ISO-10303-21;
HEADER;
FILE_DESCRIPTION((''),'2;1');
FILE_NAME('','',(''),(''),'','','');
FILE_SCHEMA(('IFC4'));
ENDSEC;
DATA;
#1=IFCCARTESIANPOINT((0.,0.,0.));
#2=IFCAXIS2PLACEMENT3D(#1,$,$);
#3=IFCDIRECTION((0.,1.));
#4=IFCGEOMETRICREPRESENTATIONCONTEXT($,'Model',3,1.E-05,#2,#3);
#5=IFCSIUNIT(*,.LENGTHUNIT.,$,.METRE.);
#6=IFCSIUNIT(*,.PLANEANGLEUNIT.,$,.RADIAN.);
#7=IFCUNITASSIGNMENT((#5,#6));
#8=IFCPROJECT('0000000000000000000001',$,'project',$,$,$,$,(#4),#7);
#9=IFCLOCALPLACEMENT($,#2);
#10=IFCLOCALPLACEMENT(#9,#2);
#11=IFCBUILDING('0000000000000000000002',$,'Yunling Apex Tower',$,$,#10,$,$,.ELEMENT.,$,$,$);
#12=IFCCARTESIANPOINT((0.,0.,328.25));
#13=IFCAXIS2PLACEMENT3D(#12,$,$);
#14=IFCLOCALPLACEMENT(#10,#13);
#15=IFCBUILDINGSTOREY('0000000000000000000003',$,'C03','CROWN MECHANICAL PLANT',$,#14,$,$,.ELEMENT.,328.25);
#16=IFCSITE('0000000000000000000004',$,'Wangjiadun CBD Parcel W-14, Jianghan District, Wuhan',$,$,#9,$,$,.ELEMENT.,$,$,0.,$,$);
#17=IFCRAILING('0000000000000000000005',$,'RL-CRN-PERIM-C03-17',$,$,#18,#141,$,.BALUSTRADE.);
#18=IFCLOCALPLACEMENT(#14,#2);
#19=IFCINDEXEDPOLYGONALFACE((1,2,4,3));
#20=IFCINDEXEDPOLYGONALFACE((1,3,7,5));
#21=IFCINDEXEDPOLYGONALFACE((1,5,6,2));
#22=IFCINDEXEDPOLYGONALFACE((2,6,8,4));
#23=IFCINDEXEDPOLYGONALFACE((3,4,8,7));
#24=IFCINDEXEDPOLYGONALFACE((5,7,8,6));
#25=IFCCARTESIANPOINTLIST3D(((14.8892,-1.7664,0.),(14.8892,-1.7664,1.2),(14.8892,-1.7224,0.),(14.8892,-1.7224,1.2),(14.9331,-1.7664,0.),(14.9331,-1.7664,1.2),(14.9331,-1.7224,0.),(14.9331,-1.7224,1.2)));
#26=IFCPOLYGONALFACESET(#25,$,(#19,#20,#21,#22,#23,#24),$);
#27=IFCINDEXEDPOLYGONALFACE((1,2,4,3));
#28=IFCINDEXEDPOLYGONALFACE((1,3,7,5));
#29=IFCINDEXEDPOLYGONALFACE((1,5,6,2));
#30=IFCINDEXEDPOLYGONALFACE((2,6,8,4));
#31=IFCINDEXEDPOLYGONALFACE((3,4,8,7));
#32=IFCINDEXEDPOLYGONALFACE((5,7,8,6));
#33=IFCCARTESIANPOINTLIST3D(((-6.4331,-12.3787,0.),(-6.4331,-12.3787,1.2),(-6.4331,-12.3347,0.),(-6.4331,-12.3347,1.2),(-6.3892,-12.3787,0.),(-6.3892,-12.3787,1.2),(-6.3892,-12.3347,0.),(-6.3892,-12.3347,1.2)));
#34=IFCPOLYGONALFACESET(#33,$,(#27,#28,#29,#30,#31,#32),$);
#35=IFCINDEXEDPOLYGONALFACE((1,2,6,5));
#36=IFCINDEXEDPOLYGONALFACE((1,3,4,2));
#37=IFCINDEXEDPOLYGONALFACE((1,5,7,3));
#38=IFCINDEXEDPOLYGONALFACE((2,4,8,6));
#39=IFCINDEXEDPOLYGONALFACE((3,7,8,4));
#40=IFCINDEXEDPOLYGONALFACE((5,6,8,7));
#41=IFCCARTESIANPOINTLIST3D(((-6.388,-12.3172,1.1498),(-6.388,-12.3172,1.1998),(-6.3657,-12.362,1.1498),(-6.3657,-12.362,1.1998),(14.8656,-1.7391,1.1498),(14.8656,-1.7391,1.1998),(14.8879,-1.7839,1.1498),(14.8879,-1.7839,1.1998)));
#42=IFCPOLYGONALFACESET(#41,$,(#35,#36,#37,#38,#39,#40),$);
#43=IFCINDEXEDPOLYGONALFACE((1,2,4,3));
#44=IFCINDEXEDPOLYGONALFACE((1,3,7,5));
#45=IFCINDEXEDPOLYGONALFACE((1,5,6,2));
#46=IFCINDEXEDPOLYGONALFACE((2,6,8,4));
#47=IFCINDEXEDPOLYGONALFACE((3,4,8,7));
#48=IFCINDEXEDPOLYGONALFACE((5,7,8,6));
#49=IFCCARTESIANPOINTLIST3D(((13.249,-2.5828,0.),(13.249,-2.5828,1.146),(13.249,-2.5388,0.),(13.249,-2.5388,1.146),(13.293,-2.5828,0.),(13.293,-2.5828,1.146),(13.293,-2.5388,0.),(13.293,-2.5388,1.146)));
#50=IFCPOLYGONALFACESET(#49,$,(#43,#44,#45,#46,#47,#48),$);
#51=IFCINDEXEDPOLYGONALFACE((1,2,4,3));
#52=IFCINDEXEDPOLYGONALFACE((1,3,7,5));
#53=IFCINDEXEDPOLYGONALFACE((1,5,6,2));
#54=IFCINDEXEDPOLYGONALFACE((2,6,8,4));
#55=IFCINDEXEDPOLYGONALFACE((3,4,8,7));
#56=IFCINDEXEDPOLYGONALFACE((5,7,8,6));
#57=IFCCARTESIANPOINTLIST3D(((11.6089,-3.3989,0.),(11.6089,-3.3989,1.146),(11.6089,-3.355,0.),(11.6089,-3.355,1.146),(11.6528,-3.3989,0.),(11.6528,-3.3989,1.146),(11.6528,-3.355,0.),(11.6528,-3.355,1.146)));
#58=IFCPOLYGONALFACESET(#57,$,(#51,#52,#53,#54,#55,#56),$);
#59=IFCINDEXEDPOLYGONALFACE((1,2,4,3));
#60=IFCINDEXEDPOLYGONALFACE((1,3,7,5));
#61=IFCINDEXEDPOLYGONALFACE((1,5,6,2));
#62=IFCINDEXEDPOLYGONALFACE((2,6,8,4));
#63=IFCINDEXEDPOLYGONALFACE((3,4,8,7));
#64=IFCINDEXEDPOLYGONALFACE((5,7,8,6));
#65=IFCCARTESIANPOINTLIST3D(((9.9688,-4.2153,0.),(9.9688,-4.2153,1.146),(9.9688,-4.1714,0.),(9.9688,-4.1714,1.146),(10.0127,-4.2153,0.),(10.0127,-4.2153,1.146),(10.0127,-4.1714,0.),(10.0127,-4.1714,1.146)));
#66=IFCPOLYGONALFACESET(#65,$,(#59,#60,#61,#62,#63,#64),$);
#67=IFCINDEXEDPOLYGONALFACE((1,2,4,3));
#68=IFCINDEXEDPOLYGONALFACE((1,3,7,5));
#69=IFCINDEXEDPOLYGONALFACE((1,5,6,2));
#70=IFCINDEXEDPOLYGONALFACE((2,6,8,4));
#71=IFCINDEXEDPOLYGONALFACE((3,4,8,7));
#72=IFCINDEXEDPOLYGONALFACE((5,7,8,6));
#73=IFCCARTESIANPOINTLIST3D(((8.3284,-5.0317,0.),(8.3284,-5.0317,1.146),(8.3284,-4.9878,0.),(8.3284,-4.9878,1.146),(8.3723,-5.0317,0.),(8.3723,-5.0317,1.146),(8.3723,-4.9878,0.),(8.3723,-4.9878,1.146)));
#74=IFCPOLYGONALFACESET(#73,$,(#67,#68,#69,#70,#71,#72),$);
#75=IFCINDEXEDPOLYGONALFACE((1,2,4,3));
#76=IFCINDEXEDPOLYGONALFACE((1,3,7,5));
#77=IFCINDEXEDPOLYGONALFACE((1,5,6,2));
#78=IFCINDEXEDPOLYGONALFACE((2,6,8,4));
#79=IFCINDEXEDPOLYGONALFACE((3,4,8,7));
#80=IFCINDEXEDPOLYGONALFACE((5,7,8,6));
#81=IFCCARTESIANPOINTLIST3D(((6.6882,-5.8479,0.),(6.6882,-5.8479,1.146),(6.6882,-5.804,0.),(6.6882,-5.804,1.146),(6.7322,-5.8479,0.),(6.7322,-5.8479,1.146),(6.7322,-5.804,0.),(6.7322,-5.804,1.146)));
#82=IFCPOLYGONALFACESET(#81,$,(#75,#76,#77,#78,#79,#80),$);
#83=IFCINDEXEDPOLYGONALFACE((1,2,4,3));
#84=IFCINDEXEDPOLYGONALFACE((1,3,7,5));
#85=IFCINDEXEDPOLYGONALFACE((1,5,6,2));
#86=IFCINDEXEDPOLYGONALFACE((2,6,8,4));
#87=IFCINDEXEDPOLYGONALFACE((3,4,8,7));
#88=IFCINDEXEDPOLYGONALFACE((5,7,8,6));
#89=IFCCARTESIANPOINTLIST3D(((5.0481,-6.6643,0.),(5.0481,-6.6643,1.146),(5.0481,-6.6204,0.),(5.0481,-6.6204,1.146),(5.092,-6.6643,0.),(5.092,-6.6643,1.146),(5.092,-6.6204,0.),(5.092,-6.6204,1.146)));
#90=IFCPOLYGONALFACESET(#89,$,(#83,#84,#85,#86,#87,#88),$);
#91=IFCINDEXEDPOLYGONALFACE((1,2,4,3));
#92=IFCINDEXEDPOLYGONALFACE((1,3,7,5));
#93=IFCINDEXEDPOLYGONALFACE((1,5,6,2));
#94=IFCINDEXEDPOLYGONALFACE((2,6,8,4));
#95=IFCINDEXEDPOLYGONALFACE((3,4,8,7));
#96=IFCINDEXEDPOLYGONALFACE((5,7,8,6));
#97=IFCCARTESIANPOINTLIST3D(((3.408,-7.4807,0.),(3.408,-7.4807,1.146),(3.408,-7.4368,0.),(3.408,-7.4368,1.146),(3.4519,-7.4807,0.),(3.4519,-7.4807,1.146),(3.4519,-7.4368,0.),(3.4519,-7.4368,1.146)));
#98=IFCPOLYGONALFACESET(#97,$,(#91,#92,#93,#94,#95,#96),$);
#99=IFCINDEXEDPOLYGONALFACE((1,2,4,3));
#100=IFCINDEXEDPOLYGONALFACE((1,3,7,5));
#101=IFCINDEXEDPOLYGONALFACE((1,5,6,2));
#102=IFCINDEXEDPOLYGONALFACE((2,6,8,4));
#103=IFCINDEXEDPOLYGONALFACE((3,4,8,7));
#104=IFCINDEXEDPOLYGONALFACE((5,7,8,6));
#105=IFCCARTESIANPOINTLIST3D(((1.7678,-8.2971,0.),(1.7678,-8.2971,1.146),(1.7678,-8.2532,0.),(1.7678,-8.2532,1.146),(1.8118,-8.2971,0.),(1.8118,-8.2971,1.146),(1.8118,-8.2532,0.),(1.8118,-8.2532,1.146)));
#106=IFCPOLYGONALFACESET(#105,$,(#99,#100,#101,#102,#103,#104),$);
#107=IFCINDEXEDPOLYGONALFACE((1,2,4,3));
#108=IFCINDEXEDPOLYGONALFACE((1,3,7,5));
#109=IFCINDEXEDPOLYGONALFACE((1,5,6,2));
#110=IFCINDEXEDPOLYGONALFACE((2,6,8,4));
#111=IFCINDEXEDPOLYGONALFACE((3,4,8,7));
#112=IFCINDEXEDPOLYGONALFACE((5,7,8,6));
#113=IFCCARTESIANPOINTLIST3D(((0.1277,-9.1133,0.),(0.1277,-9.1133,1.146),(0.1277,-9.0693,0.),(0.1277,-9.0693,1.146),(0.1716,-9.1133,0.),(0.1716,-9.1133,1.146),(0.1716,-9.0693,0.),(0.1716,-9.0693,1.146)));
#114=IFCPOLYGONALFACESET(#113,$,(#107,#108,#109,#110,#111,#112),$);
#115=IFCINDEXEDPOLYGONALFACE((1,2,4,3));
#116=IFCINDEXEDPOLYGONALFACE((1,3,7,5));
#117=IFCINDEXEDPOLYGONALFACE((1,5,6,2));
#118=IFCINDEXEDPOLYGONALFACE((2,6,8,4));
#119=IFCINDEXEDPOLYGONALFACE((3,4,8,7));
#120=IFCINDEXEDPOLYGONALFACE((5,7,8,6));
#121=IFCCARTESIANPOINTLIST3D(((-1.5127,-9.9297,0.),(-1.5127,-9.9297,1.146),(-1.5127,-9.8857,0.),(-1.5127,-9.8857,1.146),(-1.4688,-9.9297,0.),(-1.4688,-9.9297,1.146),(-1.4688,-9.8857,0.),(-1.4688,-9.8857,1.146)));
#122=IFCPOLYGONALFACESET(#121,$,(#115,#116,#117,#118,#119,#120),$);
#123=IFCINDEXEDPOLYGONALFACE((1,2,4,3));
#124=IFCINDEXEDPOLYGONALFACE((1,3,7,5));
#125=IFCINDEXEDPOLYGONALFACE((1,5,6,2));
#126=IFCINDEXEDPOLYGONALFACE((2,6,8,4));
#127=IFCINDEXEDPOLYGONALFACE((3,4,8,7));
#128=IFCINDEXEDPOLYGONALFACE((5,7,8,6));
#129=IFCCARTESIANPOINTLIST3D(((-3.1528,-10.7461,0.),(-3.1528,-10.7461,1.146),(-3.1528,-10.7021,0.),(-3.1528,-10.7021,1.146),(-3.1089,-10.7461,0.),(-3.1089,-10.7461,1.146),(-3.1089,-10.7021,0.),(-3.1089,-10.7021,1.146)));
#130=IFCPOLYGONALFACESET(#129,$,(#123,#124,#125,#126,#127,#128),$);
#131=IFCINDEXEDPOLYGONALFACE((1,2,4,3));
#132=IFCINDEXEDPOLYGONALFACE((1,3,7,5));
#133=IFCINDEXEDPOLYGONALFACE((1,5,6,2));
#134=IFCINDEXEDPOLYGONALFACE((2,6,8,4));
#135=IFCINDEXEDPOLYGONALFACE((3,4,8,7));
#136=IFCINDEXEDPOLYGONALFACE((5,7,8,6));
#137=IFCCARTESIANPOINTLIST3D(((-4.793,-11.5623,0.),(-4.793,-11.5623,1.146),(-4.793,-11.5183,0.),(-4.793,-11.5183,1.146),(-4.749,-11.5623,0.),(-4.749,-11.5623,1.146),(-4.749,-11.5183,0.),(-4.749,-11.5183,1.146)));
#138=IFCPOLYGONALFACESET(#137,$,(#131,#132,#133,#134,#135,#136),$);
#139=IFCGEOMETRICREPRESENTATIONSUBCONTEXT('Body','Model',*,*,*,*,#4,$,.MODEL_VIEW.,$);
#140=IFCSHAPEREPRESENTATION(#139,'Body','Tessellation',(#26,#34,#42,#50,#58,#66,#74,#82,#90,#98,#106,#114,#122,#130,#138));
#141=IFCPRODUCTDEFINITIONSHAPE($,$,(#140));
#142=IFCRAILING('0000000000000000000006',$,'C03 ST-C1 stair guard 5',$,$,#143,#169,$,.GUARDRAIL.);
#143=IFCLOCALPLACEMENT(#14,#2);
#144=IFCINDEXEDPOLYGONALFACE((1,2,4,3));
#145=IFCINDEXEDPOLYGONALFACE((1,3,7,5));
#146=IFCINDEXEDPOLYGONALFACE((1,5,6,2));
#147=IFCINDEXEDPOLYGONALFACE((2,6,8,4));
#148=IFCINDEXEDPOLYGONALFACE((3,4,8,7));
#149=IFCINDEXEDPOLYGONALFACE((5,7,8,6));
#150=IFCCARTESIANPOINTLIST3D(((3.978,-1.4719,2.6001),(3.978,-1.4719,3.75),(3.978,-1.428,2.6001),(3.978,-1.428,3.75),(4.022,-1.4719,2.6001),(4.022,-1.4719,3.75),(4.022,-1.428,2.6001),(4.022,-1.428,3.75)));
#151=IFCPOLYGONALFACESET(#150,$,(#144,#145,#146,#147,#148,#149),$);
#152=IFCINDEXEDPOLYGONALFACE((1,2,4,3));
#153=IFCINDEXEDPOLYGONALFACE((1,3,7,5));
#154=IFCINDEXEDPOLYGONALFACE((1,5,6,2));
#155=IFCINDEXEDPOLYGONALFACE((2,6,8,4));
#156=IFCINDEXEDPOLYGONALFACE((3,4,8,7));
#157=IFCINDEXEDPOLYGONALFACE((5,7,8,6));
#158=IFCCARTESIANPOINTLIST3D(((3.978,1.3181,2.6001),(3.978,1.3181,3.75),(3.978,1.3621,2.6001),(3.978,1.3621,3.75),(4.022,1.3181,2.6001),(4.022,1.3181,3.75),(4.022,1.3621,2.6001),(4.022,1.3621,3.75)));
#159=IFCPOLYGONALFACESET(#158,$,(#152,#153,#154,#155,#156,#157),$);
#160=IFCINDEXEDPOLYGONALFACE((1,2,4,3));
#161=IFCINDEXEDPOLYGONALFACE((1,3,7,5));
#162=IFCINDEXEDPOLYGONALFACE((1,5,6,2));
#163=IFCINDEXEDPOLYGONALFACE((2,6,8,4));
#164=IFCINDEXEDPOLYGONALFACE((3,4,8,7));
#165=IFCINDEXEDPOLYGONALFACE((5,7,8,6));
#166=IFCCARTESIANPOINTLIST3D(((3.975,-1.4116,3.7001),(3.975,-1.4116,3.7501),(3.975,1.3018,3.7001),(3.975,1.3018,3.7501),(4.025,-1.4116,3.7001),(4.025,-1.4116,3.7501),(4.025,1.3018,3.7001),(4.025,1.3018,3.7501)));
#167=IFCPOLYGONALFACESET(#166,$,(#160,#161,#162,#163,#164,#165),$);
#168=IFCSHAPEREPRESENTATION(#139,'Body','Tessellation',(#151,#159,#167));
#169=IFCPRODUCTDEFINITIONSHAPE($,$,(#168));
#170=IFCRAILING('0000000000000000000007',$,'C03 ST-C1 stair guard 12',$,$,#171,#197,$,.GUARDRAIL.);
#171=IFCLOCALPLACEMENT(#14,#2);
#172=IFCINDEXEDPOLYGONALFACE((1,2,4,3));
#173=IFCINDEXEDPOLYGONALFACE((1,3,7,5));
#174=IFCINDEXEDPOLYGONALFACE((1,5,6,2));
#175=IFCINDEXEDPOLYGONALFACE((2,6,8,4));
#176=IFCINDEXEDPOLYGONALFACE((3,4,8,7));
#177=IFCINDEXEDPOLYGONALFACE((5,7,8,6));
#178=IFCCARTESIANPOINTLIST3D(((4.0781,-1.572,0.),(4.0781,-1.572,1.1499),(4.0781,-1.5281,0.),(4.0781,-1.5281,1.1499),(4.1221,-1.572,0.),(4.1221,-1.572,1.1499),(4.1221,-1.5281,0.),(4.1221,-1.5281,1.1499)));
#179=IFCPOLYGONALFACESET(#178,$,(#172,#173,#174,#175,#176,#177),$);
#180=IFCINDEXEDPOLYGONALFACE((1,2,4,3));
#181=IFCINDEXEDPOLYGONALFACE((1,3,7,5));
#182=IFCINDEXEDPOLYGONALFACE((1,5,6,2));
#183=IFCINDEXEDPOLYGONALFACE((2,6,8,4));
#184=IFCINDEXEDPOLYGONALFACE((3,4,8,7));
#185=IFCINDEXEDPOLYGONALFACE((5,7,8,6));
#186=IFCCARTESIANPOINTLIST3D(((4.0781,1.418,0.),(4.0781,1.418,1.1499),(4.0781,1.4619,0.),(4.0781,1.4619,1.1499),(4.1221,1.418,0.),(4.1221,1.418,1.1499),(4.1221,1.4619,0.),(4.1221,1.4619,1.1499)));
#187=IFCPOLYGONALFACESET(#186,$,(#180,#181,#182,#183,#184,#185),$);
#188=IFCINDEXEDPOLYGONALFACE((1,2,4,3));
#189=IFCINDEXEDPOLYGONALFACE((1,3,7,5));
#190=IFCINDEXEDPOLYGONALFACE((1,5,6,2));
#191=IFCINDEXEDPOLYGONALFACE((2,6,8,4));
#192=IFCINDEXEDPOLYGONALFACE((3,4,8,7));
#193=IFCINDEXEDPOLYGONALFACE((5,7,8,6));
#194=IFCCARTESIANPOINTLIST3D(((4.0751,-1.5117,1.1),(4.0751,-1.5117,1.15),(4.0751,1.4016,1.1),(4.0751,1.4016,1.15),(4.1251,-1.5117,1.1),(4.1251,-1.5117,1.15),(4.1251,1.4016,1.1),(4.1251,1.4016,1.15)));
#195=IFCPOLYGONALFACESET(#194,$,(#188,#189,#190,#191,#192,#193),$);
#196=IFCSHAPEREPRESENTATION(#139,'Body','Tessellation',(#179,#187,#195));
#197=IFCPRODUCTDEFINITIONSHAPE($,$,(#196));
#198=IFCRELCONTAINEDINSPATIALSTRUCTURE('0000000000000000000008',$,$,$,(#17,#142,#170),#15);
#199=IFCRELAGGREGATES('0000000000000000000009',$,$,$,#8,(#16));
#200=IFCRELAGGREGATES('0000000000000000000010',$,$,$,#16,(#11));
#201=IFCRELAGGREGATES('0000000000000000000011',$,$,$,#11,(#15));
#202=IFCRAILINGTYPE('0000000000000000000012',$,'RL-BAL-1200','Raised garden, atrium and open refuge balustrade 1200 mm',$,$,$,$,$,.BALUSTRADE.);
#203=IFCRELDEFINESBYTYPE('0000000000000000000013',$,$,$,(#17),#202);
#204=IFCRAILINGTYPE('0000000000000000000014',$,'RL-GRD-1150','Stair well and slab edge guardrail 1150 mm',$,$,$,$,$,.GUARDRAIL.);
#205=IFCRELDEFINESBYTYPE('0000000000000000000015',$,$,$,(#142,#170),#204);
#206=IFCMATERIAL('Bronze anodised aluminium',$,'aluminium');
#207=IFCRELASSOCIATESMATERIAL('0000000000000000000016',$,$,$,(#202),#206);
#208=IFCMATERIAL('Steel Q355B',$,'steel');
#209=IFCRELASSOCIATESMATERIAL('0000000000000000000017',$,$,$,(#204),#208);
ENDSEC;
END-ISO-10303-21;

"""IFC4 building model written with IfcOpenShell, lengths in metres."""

from ifc_helpers import new_model, si_unit, direction, frame, origin, origin_2d, place, context, subcontext, project, spatial, rectangle, extrude, material, type_object, element, save


model = new_model("IFC4")

# Units and contexts
model_context = context("Model", 3, precision=1e-05, world=origin(), true_north=direction((0.0, 1.0)))
body_context = subcontext(model_context, "Body", "Model", "MODEL_VIEW")
ifc_project = project(units=[si_unit("LENGTHUNIT", "METRE"), si_unit("PLANEANGLEUNIT", "RADIAN")], contexts=[model_context])

# Site, building, storey
site_placement = place(None, origin())
site = spatial("IfcSite", under=ifc_project, at=site_placement, Name="Wangjiadun CBD Parcel W-14, Jianghan District, Wuhan", CompositionType="ELEMENT", RefElevation=0.0)
building_placement = place(site_placement, origin())
building = spatial("IfcBuilding", under=site, at=building_placement, Name="Yunling Apex Tower", CompositionType="ELEMENT")
storey_placement = place(building_placement, frame((0.0, 0.0, 328.25)))
storey = spatial("IfcBuildingStorey", under=building, at=storey_placement, Name="C03", Description="CROWN MECHANICAL PLANT", CompositionType="ELEMENT", Elevation=328.25)

# Shared definitions
ifc_material_1 = material(Name="Steel Q355B", Category="steel")

# Shared definitions
ifc_material_2 = material(Name="Bronze anodised aluminium", Category="aluminium")

# Railings
railing_type_1 = type_object("IfcRailingType", Name="RL-BAL-1200", Description="Raised garden, atrium and open refuge balustrade 1200 mm", PredefinedType="BALUSTRADE", material=ifc_material_2)
railing_1_placement = place(storey_placement, frame((14.9111, -1.7444, 0.0)))
element("IfcRailing", 1, at=railing_1_placement, inside=storey, type_object=railing_type_1, Name="RL-CRN-PERIM-C03-17", PredefinedType="BALUSTRADE", context=body_context, shape_type="SweptSolid", body=[
    extrude(rectangle(XDim=0.0439, YDim=0.0439, at=origin_2d()), origin(), (0.0, 0.0, 1.0), 1.2),
    extrude(rectangle(XDim=0.0439, YDim=0.0439, at=origin_2d()), frame((-21.3223, -10.6123, 0.0)), (0.0, 0.0, 1.0), 1.2),
    extrude(rectangle(XDim=0.05, YDim=0.05, at=origin_2d()), frame((-0.0344, -0.0171, 1.1748), z_axis=(-0.895246, -0.445573, 0.0), x_axis=(0.445573, -0.895246, 0.0)), (0.0, 0.0, 1.0), 23.7405),
    extrude(rectangle(XDim=0.0439, YDim=0.0439, at=origin_2d()), frame((-1.6401, -0.8164, 0.0)), (0.0, 0.0, 1.0), 1.146),
    extrude(rectangle(XDim=0.0439, YDim=0.0439, at=origin_2d()), frame((-3.2803, -1.6326, 0.0)), (0.0, 0.0, 1.0), 1.146),
    extrude(rectangle(XDim=0.0439, YDim=0.0439, at=origin_2d()), frame((-4.9204, -2.449, 0.0)), (0.0, 0.0, 1.0), 1.146),
    extrude(rectangle(XDim=0.0439, YDim=0.0439, at=origin_2d()), frame((-6.5608, -3.2654, 0.0)), (0.0, 0.0, 1.0), 1.146),
    extrude(rectangle(XDim=0.0439, YDim=0.0439, at=origin_2d()), frame((-8.2009, -4.0815, 0.0)), (0.0, 0.0, 1.0), 1.146),
    extrude(rectangle(XDim=0.0439, YDim=0.0439, at=origin_2d()), frame((-9.8411, -4.8979, 0.0)), (0.0, 0.0, 1.0), 1.146),
    extrude(rectangle(XDim=0.0439, YDim=0.0439, at=origin_2d()), frame((-11.4812, -5.7144, 0.0)), (0.0, 0.0, 1.0), 1.146),
    extrude(rectangle(XDim=0.0439, YDim=0.0439, at=origin_2d()), frame((-13.1213, -6.5308, 0.0)), (0.0, 0.0, 1.0), 1.146),
    extrude(rectangle(XDim=0.0439, YDim=0.0439, at=origin_2d()), frame((-14.7615, -7.3469, 0.0)), (0.0, 0.0, 1.0), 1.146),
    extrude(rectangle(XDim=0.0439, YDim=0.0439, at=origin_2d()), frame((-16.4019, -8.1633, 0.0)), (0.0, 0.0, 1.0), 1.146),
    extrude(rectangle(XDim=0.0439, YDim=0.0439, at=origin_2d()), frame((-18.042, -8.9797, 0.0)), (0.0, 0.0, 1.0), 1.146),
    extrude(rectangle(XDim=0.0439, YDim=0.0439, at=origin_2d()), frame((-19.6821, -9.7959, 0.0)), (0.0, 0.0, 1.0), 1.146),
])
railing_type_2 = type_object("IfcRailingType", Name="RL-GRD-1150", Description="Stair well and slab edge guardrail 1150 mm", PredefinedType="GUARDRAIL", material=ifc_material_1)
railing_2_placement = place(storey_placement, frame((4.0, -1.45, 2.6001)))
element("IfcRailing", 2, at=railing_2_placement, inside=storey, type_object=railing_type_2, Name="C03 ST-C1 stair guard 5", PredefinedType="GUARDRAIL", context=body_context, shape_type="SweptSolid", body=[
    extrude(rectangle(XDim=0.0439, YDim=0.0439, at=origin_2d()), origin(), (0.0, 0.0, 1.0), 1.1499),
    extrude(rectangle(XDim=0.0439, YDim=0.0439, at=origin_2d()), frame((0.0, 2.79, 0.0)), (0.0, 0.0, 1.0), 1.1499),
    extrude(rectangle(XDim=0.05, YDim=0.05, at=origin_2d()), frame((0.0, 0.0383, 1.125), z_axis=(0.0, 1.0, 0.0), x_axis=(-1.0, 0.0, 0.0)), (0.0, 0.0, 1.0), 2.7134),
])
railing_3_placement = place(storey_placement, frame((4.1001, -1.55, 0.0)))
element("IfcRailing", 3, at=railing_3_placement, inside=storey, type_object=railing_type_2, Name="C03 ST-C1 stair guard 12", PredefinedType="GUARDRAIL", context=body_context, shape_type="SweptSolid", body=[
    extrude(rectangle(XDim=0.0439, YDim=0.0439, at=origin_2d()), origin(), (0.0, 0.0, 1.0), 1.1499),
    extrude(rectangle(XDim=0.0439, YDim=0.0439, at=origin_2d()), frame((0.0, 2.99, 0.0)), (0.0, 0.0, 1.0), 1.1499),
    extrude(rectangle(XDim=0.05, YDim=0.05, at=origin_2d()), frame((0.0, 0.0383, 1.125), z_axis=(0.0, 1.0, 0.0), x_axis=(-1.0, 0.0, 0.0)), (0.0, 0.0, 1.0), 2.9133),
])

save(model, "model.ifc")
